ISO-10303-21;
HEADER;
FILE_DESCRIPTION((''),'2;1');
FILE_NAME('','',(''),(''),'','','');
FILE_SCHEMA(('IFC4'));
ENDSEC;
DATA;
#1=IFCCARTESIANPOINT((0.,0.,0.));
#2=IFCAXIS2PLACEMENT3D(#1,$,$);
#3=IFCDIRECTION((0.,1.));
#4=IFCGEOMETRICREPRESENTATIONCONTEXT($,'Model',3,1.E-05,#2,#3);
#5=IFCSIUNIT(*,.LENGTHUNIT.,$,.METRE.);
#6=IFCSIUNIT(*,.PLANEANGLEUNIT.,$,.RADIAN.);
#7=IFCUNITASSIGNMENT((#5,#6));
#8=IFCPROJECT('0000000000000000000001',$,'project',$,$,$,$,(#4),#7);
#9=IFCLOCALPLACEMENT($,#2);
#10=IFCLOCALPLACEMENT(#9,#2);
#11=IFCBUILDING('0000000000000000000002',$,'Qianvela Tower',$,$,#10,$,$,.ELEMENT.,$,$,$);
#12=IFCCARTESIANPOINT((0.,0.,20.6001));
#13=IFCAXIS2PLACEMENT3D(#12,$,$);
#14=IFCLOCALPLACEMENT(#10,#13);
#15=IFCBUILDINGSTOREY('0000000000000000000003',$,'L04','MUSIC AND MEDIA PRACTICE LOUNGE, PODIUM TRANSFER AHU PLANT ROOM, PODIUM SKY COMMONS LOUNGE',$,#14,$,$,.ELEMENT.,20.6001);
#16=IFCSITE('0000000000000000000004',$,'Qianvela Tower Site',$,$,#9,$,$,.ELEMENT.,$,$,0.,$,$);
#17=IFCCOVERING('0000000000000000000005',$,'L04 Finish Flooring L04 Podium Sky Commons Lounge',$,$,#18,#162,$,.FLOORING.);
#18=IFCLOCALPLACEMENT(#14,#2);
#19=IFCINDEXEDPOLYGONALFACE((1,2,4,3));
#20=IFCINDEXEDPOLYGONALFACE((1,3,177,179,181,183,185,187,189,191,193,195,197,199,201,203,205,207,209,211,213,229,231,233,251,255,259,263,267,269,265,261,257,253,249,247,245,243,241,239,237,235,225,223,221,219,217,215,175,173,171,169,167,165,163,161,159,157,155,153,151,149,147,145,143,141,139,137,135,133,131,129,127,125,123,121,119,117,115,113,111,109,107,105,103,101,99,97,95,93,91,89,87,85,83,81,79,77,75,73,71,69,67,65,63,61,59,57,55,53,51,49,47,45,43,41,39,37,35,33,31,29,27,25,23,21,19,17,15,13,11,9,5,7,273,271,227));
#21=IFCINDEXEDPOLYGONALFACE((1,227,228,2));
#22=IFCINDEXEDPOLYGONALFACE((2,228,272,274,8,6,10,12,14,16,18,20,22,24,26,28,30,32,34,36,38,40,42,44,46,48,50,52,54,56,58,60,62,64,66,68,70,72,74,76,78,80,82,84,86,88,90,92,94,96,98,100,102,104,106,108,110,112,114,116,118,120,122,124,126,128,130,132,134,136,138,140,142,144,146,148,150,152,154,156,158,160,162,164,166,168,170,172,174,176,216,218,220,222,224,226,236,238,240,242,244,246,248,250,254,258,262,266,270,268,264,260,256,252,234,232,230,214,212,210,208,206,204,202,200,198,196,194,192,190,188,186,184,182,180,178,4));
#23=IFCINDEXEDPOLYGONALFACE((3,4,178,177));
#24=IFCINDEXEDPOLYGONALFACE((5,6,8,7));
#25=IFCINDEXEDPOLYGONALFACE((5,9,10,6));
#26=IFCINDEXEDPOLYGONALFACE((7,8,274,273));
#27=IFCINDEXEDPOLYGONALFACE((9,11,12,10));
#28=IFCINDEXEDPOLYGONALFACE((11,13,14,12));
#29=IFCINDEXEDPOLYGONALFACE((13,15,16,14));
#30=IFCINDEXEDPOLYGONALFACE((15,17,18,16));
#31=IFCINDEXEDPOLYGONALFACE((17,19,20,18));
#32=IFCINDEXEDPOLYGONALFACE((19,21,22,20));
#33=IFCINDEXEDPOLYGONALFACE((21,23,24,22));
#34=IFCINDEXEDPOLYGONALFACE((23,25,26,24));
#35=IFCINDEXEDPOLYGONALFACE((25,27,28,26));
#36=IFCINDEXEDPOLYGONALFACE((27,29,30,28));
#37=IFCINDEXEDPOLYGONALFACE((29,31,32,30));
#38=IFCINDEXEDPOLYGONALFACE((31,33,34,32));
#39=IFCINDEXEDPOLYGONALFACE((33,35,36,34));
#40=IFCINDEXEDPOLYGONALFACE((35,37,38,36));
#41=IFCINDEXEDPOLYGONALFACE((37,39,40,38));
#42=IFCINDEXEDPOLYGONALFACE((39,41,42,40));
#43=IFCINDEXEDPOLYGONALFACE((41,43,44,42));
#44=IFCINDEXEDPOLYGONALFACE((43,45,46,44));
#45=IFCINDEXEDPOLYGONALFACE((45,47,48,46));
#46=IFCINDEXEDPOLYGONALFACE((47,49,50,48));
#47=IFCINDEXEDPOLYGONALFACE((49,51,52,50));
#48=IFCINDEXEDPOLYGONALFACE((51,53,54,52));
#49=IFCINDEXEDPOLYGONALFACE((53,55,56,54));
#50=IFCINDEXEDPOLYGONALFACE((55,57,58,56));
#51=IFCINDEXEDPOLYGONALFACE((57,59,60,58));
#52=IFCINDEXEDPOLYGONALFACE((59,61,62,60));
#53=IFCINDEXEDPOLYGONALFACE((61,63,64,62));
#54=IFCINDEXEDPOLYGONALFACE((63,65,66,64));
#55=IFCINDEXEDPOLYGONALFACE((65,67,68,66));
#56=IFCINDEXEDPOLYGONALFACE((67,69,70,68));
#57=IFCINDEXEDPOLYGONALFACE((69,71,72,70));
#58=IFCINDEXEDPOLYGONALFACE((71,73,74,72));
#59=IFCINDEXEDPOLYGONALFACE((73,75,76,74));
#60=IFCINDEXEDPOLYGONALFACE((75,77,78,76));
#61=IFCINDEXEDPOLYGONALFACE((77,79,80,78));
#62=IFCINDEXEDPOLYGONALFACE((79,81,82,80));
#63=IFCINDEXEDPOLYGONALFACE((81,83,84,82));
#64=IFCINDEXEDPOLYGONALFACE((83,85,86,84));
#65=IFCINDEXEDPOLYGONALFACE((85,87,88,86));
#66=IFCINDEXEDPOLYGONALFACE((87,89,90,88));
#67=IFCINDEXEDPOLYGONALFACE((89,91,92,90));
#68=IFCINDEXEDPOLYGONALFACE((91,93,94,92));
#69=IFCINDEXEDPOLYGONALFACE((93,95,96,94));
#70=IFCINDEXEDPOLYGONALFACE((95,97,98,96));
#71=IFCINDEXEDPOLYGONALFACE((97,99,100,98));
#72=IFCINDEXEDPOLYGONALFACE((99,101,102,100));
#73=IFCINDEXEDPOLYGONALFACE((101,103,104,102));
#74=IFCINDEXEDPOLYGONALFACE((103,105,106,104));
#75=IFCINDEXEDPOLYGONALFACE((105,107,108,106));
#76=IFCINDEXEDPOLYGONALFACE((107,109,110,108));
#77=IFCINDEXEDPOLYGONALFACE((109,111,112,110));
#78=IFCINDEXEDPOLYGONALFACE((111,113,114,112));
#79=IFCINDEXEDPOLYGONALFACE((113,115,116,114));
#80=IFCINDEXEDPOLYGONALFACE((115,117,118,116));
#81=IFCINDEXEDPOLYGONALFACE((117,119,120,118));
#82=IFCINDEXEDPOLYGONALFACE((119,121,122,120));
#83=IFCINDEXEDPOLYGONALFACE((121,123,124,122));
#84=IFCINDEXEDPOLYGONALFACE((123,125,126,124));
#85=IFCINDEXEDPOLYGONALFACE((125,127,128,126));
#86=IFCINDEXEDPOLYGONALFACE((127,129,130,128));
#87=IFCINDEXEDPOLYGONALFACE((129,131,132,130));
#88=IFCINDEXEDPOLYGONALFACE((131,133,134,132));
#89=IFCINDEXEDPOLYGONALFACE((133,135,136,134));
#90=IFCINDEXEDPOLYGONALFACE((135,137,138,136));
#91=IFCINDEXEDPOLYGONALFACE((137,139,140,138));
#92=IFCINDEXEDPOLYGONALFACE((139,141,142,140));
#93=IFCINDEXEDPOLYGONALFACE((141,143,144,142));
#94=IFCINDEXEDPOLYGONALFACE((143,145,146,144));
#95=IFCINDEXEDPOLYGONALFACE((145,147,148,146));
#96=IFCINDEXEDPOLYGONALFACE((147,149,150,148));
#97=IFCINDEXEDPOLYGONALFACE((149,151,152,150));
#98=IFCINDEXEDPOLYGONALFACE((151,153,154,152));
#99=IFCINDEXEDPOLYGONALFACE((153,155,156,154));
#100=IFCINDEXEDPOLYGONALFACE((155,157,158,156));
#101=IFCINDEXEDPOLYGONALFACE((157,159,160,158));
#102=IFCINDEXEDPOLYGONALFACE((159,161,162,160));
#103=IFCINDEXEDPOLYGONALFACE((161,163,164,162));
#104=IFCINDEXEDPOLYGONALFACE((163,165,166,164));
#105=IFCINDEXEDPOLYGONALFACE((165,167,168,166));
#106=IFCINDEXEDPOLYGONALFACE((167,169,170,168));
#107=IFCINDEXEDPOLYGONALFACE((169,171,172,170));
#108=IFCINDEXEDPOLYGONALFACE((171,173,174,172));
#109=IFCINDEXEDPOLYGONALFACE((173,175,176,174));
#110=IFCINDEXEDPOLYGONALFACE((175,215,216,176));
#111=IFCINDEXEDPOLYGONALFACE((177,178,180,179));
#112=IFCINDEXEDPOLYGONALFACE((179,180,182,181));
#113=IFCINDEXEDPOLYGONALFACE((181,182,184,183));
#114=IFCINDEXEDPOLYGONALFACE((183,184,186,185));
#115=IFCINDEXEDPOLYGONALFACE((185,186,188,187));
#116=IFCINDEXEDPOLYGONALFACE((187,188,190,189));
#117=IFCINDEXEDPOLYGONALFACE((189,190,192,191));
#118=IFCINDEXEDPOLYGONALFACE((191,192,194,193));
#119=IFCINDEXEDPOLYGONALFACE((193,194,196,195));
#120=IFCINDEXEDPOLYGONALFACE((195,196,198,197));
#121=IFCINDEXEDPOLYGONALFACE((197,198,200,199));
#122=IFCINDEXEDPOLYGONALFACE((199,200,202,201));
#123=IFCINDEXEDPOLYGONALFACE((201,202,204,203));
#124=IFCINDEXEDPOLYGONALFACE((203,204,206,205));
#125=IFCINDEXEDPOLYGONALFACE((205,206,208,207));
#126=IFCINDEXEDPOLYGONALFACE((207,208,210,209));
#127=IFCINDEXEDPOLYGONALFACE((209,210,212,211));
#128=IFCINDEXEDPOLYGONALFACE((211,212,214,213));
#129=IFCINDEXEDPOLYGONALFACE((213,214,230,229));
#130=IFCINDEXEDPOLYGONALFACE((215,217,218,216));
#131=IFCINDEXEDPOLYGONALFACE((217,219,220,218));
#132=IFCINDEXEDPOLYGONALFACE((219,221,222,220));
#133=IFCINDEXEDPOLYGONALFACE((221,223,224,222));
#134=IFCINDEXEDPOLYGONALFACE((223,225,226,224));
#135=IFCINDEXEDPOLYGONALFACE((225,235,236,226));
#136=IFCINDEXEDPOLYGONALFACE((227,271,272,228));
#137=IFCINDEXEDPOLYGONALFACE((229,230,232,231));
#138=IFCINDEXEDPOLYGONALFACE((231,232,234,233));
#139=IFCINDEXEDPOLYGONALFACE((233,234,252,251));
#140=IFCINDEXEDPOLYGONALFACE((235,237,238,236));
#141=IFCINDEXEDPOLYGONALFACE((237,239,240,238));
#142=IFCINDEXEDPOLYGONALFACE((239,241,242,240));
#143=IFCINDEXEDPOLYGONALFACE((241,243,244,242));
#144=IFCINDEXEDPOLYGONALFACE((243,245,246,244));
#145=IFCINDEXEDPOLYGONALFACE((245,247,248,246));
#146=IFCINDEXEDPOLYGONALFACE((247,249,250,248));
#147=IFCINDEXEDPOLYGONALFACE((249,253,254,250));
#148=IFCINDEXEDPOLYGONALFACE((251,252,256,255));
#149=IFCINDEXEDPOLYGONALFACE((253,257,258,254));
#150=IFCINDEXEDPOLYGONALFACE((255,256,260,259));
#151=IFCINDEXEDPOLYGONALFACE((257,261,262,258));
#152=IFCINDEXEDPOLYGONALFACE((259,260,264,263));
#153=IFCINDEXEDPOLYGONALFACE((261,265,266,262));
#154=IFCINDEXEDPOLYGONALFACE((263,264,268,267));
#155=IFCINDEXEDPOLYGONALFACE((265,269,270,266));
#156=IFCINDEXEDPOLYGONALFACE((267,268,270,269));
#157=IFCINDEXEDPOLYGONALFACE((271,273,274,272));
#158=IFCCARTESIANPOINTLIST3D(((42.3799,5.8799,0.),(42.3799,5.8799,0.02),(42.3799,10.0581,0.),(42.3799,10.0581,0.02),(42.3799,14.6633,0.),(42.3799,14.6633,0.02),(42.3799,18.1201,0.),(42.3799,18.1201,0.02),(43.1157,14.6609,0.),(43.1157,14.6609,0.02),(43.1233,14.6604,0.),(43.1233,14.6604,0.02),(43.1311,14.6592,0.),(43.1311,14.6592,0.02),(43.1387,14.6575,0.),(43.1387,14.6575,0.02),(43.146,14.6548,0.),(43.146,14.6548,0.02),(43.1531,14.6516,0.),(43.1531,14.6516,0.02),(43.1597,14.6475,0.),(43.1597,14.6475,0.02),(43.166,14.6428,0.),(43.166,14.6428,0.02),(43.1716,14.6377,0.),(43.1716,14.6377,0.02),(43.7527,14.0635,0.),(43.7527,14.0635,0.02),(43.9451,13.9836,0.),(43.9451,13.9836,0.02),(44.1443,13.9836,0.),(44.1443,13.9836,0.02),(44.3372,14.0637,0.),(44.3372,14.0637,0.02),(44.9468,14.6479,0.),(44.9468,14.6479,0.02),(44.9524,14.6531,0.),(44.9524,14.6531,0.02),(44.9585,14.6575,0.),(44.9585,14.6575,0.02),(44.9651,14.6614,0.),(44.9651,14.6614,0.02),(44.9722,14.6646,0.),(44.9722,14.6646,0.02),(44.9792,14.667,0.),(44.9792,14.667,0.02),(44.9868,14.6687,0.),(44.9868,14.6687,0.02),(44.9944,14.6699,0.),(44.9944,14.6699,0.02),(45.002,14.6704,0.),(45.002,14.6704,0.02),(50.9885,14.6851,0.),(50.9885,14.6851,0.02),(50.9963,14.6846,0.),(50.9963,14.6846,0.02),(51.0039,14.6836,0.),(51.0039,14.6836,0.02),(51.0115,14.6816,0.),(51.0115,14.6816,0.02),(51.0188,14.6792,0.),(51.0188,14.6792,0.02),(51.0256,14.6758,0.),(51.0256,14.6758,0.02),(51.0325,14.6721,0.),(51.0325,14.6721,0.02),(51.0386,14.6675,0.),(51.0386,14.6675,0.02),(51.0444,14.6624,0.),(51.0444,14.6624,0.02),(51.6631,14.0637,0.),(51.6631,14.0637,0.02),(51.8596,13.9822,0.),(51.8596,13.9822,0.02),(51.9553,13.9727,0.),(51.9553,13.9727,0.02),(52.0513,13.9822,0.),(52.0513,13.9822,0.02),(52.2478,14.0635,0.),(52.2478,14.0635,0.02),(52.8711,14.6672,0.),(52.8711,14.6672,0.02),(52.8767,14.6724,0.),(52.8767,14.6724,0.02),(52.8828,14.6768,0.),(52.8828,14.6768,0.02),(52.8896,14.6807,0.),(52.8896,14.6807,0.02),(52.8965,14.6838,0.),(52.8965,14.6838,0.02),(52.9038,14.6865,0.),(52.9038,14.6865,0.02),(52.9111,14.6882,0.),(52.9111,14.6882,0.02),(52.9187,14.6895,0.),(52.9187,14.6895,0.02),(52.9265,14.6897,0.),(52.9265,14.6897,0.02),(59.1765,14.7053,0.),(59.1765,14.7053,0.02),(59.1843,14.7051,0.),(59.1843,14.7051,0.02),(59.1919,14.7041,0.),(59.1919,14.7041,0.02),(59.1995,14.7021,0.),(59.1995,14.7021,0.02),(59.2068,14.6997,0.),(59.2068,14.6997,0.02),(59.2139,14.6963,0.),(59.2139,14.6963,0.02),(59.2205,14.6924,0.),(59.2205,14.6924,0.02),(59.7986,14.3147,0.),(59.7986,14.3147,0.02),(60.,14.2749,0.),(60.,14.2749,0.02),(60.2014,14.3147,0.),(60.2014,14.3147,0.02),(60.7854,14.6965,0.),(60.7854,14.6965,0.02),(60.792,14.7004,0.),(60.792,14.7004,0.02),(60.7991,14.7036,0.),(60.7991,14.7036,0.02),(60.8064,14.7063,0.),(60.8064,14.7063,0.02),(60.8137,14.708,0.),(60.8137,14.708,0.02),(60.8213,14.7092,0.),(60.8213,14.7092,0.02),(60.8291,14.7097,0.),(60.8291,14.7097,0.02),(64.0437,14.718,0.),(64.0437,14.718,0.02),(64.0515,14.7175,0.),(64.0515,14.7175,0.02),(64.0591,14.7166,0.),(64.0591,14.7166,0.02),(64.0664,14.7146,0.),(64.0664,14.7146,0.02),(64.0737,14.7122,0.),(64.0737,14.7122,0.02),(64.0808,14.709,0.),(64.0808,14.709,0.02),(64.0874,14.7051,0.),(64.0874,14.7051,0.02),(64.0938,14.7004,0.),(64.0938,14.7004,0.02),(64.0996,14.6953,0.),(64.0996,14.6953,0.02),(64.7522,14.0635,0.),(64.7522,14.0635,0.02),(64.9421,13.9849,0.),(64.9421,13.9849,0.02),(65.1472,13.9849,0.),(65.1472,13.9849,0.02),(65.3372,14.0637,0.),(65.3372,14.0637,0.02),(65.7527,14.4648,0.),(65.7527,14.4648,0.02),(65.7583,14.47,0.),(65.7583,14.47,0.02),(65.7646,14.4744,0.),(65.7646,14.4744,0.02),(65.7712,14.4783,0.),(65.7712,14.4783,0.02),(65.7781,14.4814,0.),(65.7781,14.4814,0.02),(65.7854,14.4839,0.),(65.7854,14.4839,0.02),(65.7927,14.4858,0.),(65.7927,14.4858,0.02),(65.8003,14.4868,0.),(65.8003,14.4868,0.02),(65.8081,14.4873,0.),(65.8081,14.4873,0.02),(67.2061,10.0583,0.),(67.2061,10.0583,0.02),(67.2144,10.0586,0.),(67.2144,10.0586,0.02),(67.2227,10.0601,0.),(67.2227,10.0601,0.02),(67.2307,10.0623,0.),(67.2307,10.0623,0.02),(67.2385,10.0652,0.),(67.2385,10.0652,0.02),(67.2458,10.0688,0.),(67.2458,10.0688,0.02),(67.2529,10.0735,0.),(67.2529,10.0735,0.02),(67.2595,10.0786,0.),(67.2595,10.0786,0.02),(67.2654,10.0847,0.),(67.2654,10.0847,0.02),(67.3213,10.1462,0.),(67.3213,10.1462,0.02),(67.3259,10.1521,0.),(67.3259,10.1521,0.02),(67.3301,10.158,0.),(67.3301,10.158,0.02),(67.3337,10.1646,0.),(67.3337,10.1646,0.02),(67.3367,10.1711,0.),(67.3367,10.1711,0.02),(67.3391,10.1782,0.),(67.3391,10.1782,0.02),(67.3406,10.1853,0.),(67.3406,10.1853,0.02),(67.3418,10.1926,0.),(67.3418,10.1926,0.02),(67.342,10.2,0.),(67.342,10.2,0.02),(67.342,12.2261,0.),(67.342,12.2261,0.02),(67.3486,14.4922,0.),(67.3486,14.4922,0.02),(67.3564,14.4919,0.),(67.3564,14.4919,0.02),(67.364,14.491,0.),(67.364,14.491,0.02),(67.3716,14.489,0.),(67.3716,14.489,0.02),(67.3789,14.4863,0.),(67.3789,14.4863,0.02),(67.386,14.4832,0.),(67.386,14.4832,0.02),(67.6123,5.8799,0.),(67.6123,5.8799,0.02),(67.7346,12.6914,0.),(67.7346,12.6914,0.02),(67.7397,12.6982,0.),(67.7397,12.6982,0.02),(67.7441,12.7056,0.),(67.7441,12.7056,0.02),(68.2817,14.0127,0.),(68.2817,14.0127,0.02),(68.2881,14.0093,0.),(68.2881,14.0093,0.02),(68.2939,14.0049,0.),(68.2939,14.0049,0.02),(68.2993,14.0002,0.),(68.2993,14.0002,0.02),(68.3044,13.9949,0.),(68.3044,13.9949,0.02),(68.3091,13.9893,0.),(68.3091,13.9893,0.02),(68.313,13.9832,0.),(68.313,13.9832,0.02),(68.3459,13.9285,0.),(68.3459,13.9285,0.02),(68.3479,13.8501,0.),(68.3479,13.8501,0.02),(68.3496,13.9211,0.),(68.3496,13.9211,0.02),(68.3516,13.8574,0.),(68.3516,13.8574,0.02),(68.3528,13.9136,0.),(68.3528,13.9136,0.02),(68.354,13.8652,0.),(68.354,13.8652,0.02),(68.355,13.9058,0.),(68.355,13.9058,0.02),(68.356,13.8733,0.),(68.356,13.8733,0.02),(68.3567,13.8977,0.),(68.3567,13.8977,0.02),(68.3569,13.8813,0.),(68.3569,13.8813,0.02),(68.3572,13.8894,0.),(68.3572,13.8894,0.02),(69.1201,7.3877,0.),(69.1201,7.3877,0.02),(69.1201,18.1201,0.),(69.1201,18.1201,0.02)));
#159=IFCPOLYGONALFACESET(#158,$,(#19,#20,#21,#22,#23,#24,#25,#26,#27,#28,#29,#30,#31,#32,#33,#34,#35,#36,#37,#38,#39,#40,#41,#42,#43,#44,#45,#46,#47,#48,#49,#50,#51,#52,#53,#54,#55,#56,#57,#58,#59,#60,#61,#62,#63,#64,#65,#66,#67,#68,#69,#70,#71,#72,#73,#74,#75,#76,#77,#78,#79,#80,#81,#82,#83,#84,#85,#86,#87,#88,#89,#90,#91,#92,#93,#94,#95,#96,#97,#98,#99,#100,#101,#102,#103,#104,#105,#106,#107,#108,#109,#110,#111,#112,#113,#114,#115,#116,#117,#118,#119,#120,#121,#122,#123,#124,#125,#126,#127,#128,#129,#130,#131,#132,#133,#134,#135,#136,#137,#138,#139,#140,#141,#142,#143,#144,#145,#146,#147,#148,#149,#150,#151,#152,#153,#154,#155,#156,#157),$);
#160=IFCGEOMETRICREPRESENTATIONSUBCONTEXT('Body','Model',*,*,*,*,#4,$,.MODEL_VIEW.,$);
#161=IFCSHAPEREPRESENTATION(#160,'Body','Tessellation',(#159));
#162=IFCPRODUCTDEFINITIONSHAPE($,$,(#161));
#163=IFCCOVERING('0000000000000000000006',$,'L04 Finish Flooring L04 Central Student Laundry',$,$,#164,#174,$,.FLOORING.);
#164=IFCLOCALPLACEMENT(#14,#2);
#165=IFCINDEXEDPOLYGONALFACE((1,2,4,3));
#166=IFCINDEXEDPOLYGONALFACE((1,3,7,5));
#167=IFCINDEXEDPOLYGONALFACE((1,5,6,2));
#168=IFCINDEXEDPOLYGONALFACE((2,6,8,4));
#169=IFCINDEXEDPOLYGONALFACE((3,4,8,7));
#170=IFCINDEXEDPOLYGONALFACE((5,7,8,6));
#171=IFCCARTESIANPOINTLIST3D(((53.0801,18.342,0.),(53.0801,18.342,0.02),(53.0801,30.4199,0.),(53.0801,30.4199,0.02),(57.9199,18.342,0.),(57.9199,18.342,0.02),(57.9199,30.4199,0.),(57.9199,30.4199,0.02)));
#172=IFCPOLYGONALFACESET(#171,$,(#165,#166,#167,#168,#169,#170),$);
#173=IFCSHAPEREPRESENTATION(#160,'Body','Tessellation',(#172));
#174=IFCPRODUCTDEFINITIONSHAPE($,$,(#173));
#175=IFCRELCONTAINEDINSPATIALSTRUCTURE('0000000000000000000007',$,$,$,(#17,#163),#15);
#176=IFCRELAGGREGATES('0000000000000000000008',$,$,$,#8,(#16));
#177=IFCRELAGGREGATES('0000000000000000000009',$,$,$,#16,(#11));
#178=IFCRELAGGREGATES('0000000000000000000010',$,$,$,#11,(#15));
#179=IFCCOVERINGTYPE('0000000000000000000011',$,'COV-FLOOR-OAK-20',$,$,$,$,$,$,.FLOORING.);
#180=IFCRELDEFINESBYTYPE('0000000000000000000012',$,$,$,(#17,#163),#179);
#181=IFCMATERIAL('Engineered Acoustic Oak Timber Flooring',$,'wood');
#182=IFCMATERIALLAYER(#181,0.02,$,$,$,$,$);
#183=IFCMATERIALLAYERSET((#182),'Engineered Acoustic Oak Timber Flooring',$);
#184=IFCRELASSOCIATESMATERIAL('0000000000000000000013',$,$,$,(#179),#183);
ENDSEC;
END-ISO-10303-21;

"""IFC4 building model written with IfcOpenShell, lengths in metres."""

from ifc_helpers import new_model, si_unit, direction, frame, origin, place, context, subcontext, project, spatial, polyline, outline, extrude, material, layer, layer_set, type_object, element, save


model = new_model("IFC4")

# Units and contexts
model_context = context("Model", 3, precision=1e-05, world=origin(), true_north=direction((0.0, 1.0)))
body_context = subcontext(model_context, "Body", "Model", "MODEL_VIEW")
ifc_project = project(units=[si_unit("LENGTHUNIT", "METRE"), si_unit("PLANEANGLEUNIT", "RADIAN")], contexts=[model_context])

# Site, building, storey
site_placement = place(None, origin())
site = spatial("IfcSite", under=ifc_project, at=site_placement, Name="Qianvela Tower Site", CompositionType="ELEMENT", RefElevation=0.0)
building_placement = place(site_placement, origin())
building = spatial("IfcBuilding", under=site, at=building_placement, Name="Qianvela Tower", CompositionType="ELEMENT")
storey_placement = place(building_placement, frame((0.0, 0.0, 20.6001)))
storey = spatial("IfcBuildingStorey", under=building, at=storey_placement, Name="L04", Description="MUSIC AND MEDIA PRACTICE LOUNGE, PODIUM TRANSFER AHU PLANT ROOM, PODIUM SKY COMMONS LOUNGE", CompositionType="ELEMENT", Elevation=20.6001)

# Coverings
ifc_material_1 = material(Name="Engineered Acoustic Oak Timber Flooring", Category="wood")
ifc_layer_1 = layer(ifc_material_1, 0.02)
ifc_layer_set_1 = layer_set([ifc_layer_1], Name="Engineered Acoustic Oak Timber Flooring")
covering_type_1 = type_object("IfcCoveringType", Name="COV-FLOOR-OAK-20", PredefinedType="FLOORING", material=ifc_layer_set_1)
covering_1_placement = place(storey_placement, origin())
element("IfcCovering", 1, at=covering_1_placement, inside=storey, type_object=covering_type_1, Name="L04 Finish Flooring L04 Podium Sky Commons Lounge", PredefinedType="FLOORING", context=body_context, shape_type="SweptSolid", body=[
    extrude(outline(polyline([(69.1201, 18.1201), (69.1201, 7.3877), (67.6123, 5.8799), (42.3799, 5.8799), (42.3799, 10.0581), (67.2061, 10.0583), (67.2144, 10.0586), (67.2227, 10.0601), (67.2307, 10.0623), (67.2385, 10.0652), (67.2458, 10.0688), (67.2529, 10.0735), (67.2595, 10.0786), (67.2654, 10.0847), (67.3213, 10.1462), (67.3259, 10.1521), (67.3301, 10.158), (67.3337, 10.1646), (67.3367, 10.1711), (67.3391, 10.1782), (67.3406, 10.1853), (67.3418, 10.1926), (67.342, 10.2), (67.342, 12.2261), (67.7346, 12.6914), (67.7397, 12.6982), (67.7441, 12.7056), (68.3479, 13.8501), (68.3516, 13.8574), (68.354, 13.8652), (68.356, 13.8733), (68.3569, 13.8813), (68.3572, 13.8894), (68.3567, 13.8977), (68.355, 13.9058), (68.3528, 13.9136), (68.3496, 13.9211), (68.3459, 13.9285), (68.313, 13.9832), (68.3091, 13.9893), (68.3044, 13.9949), (68.2993, 14.0002), (68.2939, 14.0049), (68.2881, 14.0093), (68.2817, 14.0127), (67.386, 14.4832), (67.3789, 14.4863), (67.3716, 14.489), (67.364, 14.491), (67.3564, 14.4919), (67.3486, 14.4922), (65.8081, 14.4873), (65.8003, 14.4868), (65.7927, 14.4858), (65.7854, 14.4839), (65.7781, 14.4814), (65.7712, 14.4783), (65.7646, 14.4744), (65.7583, 14.47), (65.7527, 14.4648), (65.3372, 14.0637), (65.1472, 13.9849), (64.9421, 13.9849), (64.7522, 14.0635), (64.0996, 14.6953), (64.0938, 14.7004), (64.0874, 14.7051), (64.0808, 14.709), (64.0737, 14.7122), (64.0664, 14.7146), (64.0591, 14.7166), (64.0515, 14.7175), (64.0437, 14.718), (60.8291, 14.7097), (60.8213, 14.7092), (60.8137, 14.708), (60.8064, 14.7063), (60.7991, 14.7036), (60.792, 14.7004), (60.7854, 14.6965), (60.2014, 14.3147), (60.0, 14.2749), (59.7986, 14.3147), (59.2205, 14.6924), (59.2139, 14.6963), (59.2068, 14.6997), (59.1995, 14.7021), (59.1919, 14.7041), (59.1843, 14.7051), (59.1765, 14.7053), (52.9265, 14.6897), (52.9187, 14.6895), (52.9111, 14.6882), (52.9038, 14.6865), (52.8965, 14.6838), (52.8896, 14.6807), (52.8828, 14.6768), (52.8767, 14.6724), (52.8711, 14.6672), (52.2478, 14.0635), (52.0513, 13.9822), (51.9553, 13.9727), (51.8596, 13.9822), (51.6631, 14.0637), (51.0444, 14.6624), (51.0386, 14.6675), (51.0325, 14.6721), (51.0256, 14.6758), (51.0188, 14.6792), (51.0115, 14.6816), (51.0039, 14.6836), (50.9963, 14.6846), (50.9885, 14.6851), (45.002, 14.6704), (44.9944, 14.6699), (44.9868, 14.6687), (44.9792, 14.667), (44.9722, 14.6646), (44.9651, 14.6614), (44.9585, 14.6575), (44.9524, 14.6531), (44.9468, 14.6479), (44.3372, 14.0637), (44.1443, 13.9836), (43.9451, 13.9836), (43.7527, 14.0635), (43.1716, 14.6377), (43.166, 14.6428), (43.1597, 14.6475), (43.1531, 14.6516), (43.146, 14.6548), (43.1387, 14.6575), (43.1311, 14.6592), (43.1233, 14.6604), (43.1157, 14.6609), (42.3799, 14.6633), (42.3799, 18.1201), (69.1201, 18.1201)])), origin(), (0.0, 0.0, 1.0), 0.02),
])
covering_2_placement = place(storey_placement, origin())
element("IfcCovering", 2, at=covering_2_placement, inside=storey, type_object=covering_type_1, Name="L04 Finish Flooring L04 Central Student Laundry", PredefinedType="FLOORING", context=body_context, shape_type="SweptSolid", body=[
    extrude(outline(polyline([(57.9199, 18.342), (53.0801, 18.342), (53.0801, 30.4199), (57.9199, 30.4199), (57.9199, 18.342)])), origin(), (0.0, 0.0, 1.0), 0.02),
])

save(model, "model.ifc")
